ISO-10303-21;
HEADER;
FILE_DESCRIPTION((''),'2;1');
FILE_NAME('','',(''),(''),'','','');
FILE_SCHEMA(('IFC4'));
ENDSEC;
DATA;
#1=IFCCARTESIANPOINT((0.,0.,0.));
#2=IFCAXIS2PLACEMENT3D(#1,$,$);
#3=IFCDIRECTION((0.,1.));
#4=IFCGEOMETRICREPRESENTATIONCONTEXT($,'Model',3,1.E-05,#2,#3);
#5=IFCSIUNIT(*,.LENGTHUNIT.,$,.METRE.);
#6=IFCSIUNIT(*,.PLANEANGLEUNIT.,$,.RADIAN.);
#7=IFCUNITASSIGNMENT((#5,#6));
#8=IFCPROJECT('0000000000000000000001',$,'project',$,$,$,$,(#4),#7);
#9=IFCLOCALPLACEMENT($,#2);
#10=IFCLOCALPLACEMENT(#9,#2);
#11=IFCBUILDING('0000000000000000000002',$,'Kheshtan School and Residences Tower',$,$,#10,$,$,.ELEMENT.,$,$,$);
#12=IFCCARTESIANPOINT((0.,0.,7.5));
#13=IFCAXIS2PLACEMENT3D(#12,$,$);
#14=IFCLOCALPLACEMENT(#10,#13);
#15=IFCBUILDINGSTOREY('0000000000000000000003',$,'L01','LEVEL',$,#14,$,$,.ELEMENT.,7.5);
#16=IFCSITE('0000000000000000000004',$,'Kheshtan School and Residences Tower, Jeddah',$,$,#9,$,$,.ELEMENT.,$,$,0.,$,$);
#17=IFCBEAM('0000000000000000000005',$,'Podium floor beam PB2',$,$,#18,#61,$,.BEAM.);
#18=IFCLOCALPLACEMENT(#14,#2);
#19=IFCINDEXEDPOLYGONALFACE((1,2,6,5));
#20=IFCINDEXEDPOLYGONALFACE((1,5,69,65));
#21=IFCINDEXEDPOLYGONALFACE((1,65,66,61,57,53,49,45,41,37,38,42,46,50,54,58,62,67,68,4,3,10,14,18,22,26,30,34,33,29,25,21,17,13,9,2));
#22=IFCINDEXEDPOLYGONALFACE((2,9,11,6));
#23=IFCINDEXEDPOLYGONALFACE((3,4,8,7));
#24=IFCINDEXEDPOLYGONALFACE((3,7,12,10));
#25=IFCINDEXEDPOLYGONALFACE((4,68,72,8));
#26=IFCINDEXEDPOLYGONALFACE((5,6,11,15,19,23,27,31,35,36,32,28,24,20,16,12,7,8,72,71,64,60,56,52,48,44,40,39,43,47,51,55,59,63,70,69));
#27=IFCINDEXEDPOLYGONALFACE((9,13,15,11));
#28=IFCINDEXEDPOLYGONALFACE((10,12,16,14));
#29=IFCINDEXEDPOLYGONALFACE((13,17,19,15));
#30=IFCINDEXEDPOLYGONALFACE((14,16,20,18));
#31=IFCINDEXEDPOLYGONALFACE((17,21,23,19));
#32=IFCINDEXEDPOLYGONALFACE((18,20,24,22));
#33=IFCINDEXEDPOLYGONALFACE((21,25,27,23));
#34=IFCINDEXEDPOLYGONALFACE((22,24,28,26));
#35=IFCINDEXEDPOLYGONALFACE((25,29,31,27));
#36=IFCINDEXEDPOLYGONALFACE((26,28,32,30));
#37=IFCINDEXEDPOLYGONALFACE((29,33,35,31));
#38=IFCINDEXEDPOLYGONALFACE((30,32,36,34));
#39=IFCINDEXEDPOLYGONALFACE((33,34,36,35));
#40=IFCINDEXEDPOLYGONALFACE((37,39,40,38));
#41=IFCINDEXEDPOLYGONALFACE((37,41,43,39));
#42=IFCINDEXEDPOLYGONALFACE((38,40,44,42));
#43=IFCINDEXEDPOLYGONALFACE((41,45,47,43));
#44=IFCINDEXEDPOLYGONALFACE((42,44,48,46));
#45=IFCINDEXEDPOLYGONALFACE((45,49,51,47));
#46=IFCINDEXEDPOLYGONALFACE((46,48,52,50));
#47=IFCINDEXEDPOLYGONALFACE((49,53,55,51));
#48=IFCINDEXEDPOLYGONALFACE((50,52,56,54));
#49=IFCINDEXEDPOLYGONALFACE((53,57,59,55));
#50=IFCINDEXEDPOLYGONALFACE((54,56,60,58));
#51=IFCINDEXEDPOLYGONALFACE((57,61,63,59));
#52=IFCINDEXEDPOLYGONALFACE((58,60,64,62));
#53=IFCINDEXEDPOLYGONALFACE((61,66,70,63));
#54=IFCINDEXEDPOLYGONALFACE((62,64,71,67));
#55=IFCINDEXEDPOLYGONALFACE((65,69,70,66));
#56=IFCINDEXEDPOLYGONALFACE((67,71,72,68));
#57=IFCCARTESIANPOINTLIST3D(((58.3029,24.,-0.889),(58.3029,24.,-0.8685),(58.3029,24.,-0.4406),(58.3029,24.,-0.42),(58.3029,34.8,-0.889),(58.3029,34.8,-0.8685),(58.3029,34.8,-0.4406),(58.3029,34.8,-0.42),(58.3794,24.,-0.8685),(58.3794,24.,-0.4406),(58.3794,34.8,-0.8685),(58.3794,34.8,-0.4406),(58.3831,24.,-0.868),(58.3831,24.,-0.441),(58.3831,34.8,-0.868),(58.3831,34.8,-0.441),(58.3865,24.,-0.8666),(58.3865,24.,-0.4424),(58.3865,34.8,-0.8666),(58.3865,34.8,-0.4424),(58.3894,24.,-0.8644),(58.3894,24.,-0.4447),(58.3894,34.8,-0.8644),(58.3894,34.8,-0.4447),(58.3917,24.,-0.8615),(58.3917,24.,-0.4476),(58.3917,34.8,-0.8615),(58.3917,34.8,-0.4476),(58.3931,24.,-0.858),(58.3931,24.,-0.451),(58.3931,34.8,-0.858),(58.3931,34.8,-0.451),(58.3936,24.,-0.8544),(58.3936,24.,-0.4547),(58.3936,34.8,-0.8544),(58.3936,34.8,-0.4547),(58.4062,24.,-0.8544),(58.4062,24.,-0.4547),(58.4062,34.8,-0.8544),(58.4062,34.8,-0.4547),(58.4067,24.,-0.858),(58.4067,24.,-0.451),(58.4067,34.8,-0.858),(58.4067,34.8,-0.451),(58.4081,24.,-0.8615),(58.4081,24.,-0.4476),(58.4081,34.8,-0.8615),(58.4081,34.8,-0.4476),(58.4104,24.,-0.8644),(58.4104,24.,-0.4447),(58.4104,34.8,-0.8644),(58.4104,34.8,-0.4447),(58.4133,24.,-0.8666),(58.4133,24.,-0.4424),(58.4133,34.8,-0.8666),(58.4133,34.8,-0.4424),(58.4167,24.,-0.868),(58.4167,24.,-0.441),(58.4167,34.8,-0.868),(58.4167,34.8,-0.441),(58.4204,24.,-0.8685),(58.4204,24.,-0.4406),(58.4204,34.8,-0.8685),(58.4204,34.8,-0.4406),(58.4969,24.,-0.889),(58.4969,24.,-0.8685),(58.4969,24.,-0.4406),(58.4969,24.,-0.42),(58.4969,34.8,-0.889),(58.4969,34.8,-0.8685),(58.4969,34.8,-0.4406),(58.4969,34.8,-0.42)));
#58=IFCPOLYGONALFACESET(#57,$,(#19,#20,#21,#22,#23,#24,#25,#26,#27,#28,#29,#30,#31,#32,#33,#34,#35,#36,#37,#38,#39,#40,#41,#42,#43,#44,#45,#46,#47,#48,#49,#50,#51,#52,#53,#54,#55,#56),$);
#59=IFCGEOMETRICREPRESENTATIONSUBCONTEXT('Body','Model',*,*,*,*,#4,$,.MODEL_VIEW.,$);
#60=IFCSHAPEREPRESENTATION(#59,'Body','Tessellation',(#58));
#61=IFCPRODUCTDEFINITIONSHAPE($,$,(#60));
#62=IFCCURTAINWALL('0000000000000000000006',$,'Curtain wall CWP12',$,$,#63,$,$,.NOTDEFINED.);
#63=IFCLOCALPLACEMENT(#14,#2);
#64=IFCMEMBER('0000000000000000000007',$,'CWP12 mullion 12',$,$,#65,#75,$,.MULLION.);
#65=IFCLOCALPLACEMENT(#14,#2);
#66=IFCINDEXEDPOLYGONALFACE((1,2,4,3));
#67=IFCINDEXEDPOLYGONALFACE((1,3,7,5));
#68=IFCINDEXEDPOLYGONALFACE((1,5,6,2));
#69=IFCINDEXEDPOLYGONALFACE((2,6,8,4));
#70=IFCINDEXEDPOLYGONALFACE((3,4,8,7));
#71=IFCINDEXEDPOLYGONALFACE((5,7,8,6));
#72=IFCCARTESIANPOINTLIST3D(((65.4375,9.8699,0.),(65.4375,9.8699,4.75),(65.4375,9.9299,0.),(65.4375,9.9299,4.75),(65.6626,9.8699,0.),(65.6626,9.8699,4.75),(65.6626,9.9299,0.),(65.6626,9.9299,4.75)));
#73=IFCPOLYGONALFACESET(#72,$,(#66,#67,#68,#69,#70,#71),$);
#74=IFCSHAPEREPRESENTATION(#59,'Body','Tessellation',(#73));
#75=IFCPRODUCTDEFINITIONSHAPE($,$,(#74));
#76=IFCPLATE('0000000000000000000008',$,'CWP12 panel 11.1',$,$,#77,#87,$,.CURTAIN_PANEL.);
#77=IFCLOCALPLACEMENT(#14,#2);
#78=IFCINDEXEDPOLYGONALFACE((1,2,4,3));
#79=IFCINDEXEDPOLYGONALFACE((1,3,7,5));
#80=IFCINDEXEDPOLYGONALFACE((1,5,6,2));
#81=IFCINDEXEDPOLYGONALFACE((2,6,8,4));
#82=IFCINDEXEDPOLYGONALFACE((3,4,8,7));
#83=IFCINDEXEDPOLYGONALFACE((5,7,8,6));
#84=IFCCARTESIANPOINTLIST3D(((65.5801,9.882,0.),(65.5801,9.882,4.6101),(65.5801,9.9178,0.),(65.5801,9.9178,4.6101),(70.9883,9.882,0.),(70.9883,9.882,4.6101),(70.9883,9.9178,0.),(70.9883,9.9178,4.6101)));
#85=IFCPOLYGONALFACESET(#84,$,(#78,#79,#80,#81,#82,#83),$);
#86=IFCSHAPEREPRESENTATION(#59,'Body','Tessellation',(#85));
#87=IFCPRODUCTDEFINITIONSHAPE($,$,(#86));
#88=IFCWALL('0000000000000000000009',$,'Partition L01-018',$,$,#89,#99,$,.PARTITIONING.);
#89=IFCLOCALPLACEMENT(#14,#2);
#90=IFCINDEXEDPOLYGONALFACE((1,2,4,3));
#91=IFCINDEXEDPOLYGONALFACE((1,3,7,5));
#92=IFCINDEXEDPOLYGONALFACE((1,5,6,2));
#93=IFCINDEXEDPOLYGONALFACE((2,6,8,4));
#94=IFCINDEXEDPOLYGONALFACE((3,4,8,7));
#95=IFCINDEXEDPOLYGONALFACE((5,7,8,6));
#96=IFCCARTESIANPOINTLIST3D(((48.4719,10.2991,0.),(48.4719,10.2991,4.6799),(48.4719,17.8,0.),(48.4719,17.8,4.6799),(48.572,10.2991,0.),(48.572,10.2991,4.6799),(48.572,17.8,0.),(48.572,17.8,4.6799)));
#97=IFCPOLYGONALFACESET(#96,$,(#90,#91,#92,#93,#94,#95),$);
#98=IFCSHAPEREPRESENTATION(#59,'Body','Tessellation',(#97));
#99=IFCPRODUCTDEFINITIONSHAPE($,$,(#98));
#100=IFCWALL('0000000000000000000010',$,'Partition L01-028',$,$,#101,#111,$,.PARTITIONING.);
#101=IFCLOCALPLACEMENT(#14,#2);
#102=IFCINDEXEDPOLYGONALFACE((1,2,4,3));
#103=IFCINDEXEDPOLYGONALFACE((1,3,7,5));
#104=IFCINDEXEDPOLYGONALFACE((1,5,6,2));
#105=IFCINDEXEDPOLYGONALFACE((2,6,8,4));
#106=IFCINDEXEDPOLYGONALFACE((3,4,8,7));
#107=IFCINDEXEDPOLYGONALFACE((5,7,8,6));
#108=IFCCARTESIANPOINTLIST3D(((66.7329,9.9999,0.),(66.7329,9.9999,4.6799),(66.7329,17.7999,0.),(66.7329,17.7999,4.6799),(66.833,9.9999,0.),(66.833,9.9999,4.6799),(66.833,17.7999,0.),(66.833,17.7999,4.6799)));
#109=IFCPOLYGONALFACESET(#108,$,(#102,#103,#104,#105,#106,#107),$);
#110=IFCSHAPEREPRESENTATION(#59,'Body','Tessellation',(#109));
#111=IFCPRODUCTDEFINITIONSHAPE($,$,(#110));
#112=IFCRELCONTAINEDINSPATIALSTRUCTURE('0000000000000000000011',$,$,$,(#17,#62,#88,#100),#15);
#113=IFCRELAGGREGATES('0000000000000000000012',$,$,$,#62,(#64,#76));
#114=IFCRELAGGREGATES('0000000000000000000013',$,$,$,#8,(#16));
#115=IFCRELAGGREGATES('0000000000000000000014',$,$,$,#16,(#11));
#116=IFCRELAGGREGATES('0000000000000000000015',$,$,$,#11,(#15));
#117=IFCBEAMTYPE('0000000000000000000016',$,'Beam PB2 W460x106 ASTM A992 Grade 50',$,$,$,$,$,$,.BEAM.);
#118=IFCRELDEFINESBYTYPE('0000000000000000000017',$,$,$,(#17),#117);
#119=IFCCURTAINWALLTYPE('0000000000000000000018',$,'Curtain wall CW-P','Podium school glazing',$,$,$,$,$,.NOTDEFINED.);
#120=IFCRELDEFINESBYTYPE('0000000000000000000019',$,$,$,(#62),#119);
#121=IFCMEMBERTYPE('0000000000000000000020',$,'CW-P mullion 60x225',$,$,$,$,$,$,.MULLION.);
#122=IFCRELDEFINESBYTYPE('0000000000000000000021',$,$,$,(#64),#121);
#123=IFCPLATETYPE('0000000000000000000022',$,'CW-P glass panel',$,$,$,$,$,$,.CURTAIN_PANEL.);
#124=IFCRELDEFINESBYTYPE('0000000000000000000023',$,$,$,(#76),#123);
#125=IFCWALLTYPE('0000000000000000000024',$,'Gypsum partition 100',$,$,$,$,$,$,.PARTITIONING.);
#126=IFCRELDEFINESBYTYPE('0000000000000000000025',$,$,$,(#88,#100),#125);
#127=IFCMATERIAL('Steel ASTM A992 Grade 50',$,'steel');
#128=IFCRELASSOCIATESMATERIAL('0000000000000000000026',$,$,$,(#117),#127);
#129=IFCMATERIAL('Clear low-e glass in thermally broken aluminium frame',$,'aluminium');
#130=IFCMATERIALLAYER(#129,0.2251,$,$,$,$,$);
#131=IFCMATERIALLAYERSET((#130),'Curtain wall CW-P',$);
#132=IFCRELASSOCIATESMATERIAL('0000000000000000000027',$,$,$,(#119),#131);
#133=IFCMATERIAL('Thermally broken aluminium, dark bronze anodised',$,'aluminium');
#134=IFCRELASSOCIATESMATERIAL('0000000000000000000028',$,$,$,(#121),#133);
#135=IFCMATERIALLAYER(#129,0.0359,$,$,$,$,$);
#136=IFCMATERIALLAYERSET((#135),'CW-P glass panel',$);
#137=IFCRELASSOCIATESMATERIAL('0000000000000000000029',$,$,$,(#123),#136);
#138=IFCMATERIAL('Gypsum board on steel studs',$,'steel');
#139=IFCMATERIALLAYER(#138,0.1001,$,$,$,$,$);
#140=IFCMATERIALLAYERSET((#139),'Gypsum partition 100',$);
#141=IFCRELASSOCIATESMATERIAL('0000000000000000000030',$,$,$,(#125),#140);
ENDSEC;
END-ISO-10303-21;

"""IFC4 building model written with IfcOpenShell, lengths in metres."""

from ifc_helpers import new_model, si_unit, direction, frame, frame_2d, origin, origin_2d, place, context, subcontext, project, spatial, rectangle, i_section, extrude, material, layer, layer_set, material_profile, profile_set, type_object, element, aggregate, save


model = new_model("IFC4")

# Units and contexts
model_context = context("Model", 3, precision=1e-05, world=origin(), true_north=direction((0.0, 1.0)))
body_context = subcontext(model_context, "Body", "Model", "MODEL_VIEW")
ifc_project = project(units=[si_unit("LENGTHUNIT", "METRE"), si_unit("PLANEANGLEUNIT", "RADIAN")], contexts=[model_context])

# Site, building, storey
site_placement = place(None, origin())
site = spatial("IfcSite", under=ifc_project, at=site_placement, Name="Kheshtan School and Residences Tower, Jeddah", CompositionType="ELEMENT", RefElevation=0.0)
building_placement = place(site_placement, origin())
building = spatial("IfcBuilding", under=site, at=building_placement, Name="Kheshtan School and Residences Tower", CompositionType="ELEMENT")
storey_placement = place(building_placement, frame((0.0, 0.0, 7.5)))
storey = spatial("IfcBuildingStorey", under=building, at=storey_placement, Name="L01", Description="LEVEL", CompositionType="ELEMENT", Elevation=7.5)

# Shared definitions
ifc_material_1 = material(Name="Steel ASTM A992 Grade 50", Category="steel")

# Beam
ifc_material_profile_1 = material_profile(ifc_material_1, i_section(OverallWidth=0.1941, OverallDepth=0.469, WebThickness=0.0127, FlangeThickness=0.0205, FilletRadius=0.0142, at=origin_2d()), Name="W460x106")
ifc_profile_set_1 = profile_set([ifc_material_profile_1], Name="Steel ASTM A992 Grade 50")
beam_type_1 = type_object("IfcBeamType", Name="Beam PB2 W460x106 ASTM A992 Grade 50", PredefinedType="BEAM", material=ifc_profile_set_1)
beam_1_placement = place(storey_placement, frame((58.3999, 24.0, -0.6545), z_axis=(0.0, 1.0, 0.0), x_axis=(-1.0, 0.0, 0.0)))
element("IfcBeam", 1, at=beam_1_placement, inside=storey, type_object=beam_type_1, Name="Podium floor beam PB2", PredefinedType="BEAM", context=body_context, shape_type="SweptSolid", body=[
    extrude(i_section(OverallWidth=0.1941, OverallDepth=0.469, WebThickness=0.0127, FlangeThickness=0.0205, FilletRadius=0.0142, at=origin_2d()), origin(), (0.0, 0.0, 1.0), 10.8),
])

# Curtain wall, member, plate
ifc_material_2 = material(Name="Clear low-e glass in thermally broken aluminium frame", Category="aluminium")
ifc_layer_1 = layer(ifc_material_2, 0.2251)
ifc_layer_set_1 = layer_set([ifc_layer_1], Name="Curtain wall CW-P")
curtain_wall_type = type_object("IfcCurtainWallType", Name="Curtain wall CW-P", Description="Podium school glazing", PredefinedType="NOTDEFINED", material=ifc_layer_set_1)
curtain_wall_placement = place(storey_placement, origin())
curtain_wall = element("IfcCurtainWall", 2, at=curtain_wall_placement, inside=storey, type_object=curtain_wall_type, Name="Curtain wall CWP12", PredefinedType="NOTDEFINED")
ifc_material_3 = material(Name="Thermally broken aluminium, dark bronze anodised", Category="aluminium")
ifc_material_profile_2 = material_profile(ifc_material_3, rectangle(XDim=0.0601, YDim=0.2251, at=origin_2d()), Name="CW-P mullion 60x225")
ifc_profile_set_2 = profile_set([ifc_material_profile_2], Name="Thermally broken aluminium, dark bronze anodised")
member_type = type_object("IfcMemberType", Name="CW-P mullion 60x225", PredefinedType="MULLION", material=ifc_profile_set_2)
member_placement = place(storey_placement, frame((65.55, 9.8999, 0.0), z_axis=(0.0, 0.0, 1.0), x_axis=(0.0, -1.0, 0.0)))
member = element("IfcMember", 3, at=member_placement, type_object=member_type, Name="CWP12 mullion 12", PredefinedType="MULLION", context=body_context, shape_type="SweptSolid", body=[
    extrude(rectangle(XDim=0.0601, YDim=0.2251, at=origin_2d()), origin(), (0.0, 0.0, 1.0), 4.75),
])
ifc_layer_2 = layer(ifc_material_2, 0.0359)
ifc_layer_set_2 = layer_set([ifc_layer_2], Name="CW-P glass panel")
plate_type = type_object("IfcPlateType", Name="CW-P glass panel", PredefinedType="CURTAIN_PANEL", material=ifc_layer_set_2)
plate_placement = place(storey_placement, frame((68.2842, 9.8999, 0.0), z_axis=(0.0, 0.0, 1.0), x_axis=(-1.0, 0.0, 0.0)))
plate = element("IfcPlate", 4, at=plate_placement, type_object=plate_type, Name="CWP12 panel 11.1", PredefinedType="CURTAIN_PANEL", context=body_context, shape_type="SweptSolid", body=[
    extrude(rectangle(XDim=5.4082, YDim=0.0359, at=origin_2d()), origin(), (0.0, 0.0, 1.0), 4.6101),
])
aggregate(curtain_wall, [member, plate])

# Walls
ifc_material_4 = material(Name="Gypsum board on steel studs", Category="steel")
ifc_layer_3 = layer(ifc_material_4, 0.1001)
ifc_layer_set_3 = layer_set([ifc_layer_3], Name="Gypsum partition 100")
wall_type_1 = type_object("IfcWallType", Name="Gypsum partition 100", PredefinedType="PARTITIONING", material=ifc_layer_set_3)
wall_1_placement = place(storey_placement, frame((48.522, 10.2991, 0.0), z_axis=(0.0, 0.0, 1.0), x_axis=(0.0, 1.0, 0.0)))
element("IfcWall", 5, at=wall_1_placement, inside=storey, type_object=wall_type_1, Name="Partition L01-018", PredefinedType="PARTITIONING", context=body_context, shape_type="SweptSolid", body=[
    extrude(rectangle(XDim=7.501, YDim=0.1001, at=frame_2d((3.7505, 0.0))), origin(), (0.0, 0.0, 1.0), 4.6799),
])
wall_2_placement = place(storey_placement, frame((66.783, 10.0, 0.0), z_axis=(0.0, 0.0, 1.0), x_axis=(0.0, 1.0, 0.0)))
element("IfcWall", 6, at=wall_2_placement, inside=storey, type_object=wall_type_1, Name="Partition L01-028", PredefinedType="PARTITIONING", context=body_context, shape_type="SweptSolid", body=[
    extrude(rectangle(XDim=7.8, YDim=0.1001, at=frame_2d((3.8999, 0.0))), origin(), (0.0, 0.0, 1.0), 4.6799),
])

save(model, "model.ifc")
